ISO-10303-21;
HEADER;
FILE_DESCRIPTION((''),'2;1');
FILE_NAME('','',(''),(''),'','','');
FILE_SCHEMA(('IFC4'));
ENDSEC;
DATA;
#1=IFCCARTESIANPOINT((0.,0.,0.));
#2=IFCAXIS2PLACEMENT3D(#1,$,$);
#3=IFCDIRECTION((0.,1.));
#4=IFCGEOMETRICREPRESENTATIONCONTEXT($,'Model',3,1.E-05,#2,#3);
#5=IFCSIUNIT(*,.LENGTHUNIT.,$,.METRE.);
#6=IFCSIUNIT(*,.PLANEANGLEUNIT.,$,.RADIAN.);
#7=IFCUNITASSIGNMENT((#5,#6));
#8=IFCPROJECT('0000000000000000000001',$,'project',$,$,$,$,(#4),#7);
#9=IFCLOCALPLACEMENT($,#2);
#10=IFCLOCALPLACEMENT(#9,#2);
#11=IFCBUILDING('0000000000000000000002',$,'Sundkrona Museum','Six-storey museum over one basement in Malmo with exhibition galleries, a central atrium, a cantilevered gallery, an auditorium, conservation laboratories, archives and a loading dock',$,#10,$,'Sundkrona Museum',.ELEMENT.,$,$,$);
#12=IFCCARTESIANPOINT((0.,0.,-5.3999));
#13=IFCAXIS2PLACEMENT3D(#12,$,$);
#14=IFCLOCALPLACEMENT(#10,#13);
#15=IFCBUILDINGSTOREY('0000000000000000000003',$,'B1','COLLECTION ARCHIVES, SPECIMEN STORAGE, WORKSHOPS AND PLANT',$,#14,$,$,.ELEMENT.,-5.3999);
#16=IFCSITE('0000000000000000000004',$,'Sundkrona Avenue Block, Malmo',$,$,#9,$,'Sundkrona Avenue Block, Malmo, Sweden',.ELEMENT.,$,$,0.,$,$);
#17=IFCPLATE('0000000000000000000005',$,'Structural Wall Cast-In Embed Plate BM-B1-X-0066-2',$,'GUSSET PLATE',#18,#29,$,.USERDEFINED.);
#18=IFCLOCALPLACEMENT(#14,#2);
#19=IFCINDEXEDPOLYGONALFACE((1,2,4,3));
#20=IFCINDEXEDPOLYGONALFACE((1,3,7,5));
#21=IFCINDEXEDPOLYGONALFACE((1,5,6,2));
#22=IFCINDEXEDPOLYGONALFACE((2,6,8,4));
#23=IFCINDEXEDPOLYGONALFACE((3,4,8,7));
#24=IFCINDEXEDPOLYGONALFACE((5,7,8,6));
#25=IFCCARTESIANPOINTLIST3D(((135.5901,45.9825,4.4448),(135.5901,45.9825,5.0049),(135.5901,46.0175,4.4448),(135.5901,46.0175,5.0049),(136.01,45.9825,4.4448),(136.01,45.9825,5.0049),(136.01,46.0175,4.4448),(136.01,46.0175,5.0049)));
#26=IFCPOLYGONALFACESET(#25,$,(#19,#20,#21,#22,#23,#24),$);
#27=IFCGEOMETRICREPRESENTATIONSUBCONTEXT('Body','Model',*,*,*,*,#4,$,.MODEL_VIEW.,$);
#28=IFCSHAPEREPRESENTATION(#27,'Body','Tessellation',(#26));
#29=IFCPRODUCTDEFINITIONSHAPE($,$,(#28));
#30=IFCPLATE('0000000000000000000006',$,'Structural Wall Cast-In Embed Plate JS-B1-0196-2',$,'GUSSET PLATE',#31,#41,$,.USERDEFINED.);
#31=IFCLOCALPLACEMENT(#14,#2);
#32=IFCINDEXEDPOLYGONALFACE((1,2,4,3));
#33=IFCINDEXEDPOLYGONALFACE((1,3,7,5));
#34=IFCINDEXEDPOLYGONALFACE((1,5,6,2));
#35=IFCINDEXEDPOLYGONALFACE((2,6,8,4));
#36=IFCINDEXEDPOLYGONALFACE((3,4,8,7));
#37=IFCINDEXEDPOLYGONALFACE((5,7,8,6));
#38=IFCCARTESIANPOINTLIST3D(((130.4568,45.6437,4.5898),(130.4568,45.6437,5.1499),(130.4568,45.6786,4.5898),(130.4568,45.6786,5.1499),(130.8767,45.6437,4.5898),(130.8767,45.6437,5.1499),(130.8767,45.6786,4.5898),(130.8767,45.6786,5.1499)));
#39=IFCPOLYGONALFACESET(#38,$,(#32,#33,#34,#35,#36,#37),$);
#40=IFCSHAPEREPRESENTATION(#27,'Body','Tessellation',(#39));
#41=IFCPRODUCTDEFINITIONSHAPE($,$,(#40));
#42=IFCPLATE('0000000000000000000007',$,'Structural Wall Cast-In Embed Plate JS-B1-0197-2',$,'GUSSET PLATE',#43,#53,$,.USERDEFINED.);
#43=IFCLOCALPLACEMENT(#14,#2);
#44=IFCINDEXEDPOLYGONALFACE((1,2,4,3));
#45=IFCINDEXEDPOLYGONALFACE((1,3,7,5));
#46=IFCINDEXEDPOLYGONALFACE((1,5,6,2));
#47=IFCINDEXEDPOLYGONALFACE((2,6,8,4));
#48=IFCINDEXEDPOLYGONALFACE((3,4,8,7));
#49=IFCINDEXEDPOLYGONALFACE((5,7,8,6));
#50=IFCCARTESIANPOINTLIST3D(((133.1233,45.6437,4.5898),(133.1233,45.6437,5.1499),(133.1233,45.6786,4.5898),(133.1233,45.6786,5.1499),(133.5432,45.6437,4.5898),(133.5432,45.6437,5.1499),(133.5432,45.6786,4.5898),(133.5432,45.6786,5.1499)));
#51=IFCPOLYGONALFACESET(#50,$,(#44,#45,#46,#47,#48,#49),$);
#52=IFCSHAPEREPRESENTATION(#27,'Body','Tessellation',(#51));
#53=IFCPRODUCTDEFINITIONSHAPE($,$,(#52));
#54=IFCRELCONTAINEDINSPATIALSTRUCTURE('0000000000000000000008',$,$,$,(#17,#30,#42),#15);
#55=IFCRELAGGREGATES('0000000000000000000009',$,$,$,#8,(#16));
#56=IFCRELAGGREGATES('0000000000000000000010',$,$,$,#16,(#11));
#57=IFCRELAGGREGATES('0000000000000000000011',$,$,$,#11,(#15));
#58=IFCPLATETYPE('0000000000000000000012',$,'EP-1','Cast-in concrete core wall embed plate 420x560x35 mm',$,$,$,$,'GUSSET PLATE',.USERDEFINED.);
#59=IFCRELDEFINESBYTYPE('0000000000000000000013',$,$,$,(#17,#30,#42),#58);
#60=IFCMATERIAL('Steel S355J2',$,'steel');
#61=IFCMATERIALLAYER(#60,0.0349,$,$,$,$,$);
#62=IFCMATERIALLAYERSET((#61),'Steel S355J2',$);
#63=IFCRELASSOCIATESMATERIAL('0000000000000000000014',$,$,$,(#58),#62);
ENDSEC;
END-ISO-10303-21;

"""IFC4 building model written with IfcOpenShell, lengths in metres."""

from ifc_helpers import new_model, si_unit, direction, frame, origin, origin_2d, place, context, subcontext, project, spatial, rectangle, extrude, material, layer, layer_set, type_object, element, save


model = new_model("IFC4")

# Units and contexts
model_context = context("Model", 3, precision=1e-05, world=origin(), true_north=direction((0.0, 1.0)))
body_context = subcontext(model_context, "Body", "Model", "MODEL_VIEW")
ifc_project = project(units=[si_unit("LENGTHUNIT", "METRE"), si_unit("PLANEANGLEUNIT", "RADIAN")], contexts=[model_context])

# Site, building, storey
site_placement = place(None, origin())
site = spatial("IfcSite", under=ifc_project, at=site_placement, Name="Sundkrona Avenue Block, Malmo", LongName="Sundkrona Avenue Block, Malmo, Sweden", CompositionType="ELEMENT", RefElevation=0.0)
building_placement = place(site_placement, origin())
building = spatial("IfcBuilding", under=site, at=building_placement, Name="Sundkrona Museum", Description="Six-storey museum over one basement in Malmo with exhibition galleries, a central atrium, a cantilevered gallery, an auditorium, conservation laboratories, archives and a loading dock", LongName="Sundkrona Museum", CompositionType="ELEMENT")
storey_placement = place(building_placement, frame((0.0, 0.0, -5.3999)))
storey = spatial("IfcBuildingStorey", under=building, at=storey_placement, Name="B1", Description="COLLECTION ARCHIVES, SPECIMEN STORAGE, WORKSHOPS AND PLANT", CompositionType="ELEMENT", Elevation=-5.3999)

# Shared definitions
ifc_material_1 = material(Name="Steel S355J2", Category="steel")

# Plates
ifc_layer = layer(ifc_material_1, 0.0349)
ifc_layer_set = layer_set([ifc_layer], Name="Steel S355J2")
plate_type = type_object("IfcPlateType", Name="EP-1", Description="Cast-in concrete core wall embed plate 420x560x35 mm", ElementType="GUSSET PLATE", PredefinedType="USERDEFINED", material=ifc_layer_set)
for number, where, z_axis, x_axis, name in (
    (1, (135.8, 46.0, 4.4448), (0.0, 0.0, 1.0), (1.0, 0.0, 0.0), "Structural Wall Cast-In Embed Plate BM-B1-X-0066-2"),
    (2, (130.6667, 45.6611, 4.5898), (0.0, 0.0, 1.0), (1.0, 0.0, 0.0), "Structural Wall Cast-In Embed Plate JS-B1-0196-2"),
    (3, (133.3333, 45.6611, 4.5898), (0.0, 0.0, 1.0), (1.0, 0.0, 0.0), "Structural Wall Cast-In Embed Plate JS-B1-0197-2"),
):
    element("IfcPlate", number, at=place(storey_placement, frame(where, z_axis=z_axis, x_axis=x_axis)), inside=storey, type_object=plate_type, Name=name, ObjectType="GUSSET PLATE", PredefinedType="USERDEFINED", context=body_context, shape_type="SweptSolid", body=[
        extrude(rectangle(XDim=0.4199, YDim=0.0349, at=origin_2d()), origin(), (0.0, 0.0, 1.0), 0.5601),
    ])

save(model, "model.ifc")
